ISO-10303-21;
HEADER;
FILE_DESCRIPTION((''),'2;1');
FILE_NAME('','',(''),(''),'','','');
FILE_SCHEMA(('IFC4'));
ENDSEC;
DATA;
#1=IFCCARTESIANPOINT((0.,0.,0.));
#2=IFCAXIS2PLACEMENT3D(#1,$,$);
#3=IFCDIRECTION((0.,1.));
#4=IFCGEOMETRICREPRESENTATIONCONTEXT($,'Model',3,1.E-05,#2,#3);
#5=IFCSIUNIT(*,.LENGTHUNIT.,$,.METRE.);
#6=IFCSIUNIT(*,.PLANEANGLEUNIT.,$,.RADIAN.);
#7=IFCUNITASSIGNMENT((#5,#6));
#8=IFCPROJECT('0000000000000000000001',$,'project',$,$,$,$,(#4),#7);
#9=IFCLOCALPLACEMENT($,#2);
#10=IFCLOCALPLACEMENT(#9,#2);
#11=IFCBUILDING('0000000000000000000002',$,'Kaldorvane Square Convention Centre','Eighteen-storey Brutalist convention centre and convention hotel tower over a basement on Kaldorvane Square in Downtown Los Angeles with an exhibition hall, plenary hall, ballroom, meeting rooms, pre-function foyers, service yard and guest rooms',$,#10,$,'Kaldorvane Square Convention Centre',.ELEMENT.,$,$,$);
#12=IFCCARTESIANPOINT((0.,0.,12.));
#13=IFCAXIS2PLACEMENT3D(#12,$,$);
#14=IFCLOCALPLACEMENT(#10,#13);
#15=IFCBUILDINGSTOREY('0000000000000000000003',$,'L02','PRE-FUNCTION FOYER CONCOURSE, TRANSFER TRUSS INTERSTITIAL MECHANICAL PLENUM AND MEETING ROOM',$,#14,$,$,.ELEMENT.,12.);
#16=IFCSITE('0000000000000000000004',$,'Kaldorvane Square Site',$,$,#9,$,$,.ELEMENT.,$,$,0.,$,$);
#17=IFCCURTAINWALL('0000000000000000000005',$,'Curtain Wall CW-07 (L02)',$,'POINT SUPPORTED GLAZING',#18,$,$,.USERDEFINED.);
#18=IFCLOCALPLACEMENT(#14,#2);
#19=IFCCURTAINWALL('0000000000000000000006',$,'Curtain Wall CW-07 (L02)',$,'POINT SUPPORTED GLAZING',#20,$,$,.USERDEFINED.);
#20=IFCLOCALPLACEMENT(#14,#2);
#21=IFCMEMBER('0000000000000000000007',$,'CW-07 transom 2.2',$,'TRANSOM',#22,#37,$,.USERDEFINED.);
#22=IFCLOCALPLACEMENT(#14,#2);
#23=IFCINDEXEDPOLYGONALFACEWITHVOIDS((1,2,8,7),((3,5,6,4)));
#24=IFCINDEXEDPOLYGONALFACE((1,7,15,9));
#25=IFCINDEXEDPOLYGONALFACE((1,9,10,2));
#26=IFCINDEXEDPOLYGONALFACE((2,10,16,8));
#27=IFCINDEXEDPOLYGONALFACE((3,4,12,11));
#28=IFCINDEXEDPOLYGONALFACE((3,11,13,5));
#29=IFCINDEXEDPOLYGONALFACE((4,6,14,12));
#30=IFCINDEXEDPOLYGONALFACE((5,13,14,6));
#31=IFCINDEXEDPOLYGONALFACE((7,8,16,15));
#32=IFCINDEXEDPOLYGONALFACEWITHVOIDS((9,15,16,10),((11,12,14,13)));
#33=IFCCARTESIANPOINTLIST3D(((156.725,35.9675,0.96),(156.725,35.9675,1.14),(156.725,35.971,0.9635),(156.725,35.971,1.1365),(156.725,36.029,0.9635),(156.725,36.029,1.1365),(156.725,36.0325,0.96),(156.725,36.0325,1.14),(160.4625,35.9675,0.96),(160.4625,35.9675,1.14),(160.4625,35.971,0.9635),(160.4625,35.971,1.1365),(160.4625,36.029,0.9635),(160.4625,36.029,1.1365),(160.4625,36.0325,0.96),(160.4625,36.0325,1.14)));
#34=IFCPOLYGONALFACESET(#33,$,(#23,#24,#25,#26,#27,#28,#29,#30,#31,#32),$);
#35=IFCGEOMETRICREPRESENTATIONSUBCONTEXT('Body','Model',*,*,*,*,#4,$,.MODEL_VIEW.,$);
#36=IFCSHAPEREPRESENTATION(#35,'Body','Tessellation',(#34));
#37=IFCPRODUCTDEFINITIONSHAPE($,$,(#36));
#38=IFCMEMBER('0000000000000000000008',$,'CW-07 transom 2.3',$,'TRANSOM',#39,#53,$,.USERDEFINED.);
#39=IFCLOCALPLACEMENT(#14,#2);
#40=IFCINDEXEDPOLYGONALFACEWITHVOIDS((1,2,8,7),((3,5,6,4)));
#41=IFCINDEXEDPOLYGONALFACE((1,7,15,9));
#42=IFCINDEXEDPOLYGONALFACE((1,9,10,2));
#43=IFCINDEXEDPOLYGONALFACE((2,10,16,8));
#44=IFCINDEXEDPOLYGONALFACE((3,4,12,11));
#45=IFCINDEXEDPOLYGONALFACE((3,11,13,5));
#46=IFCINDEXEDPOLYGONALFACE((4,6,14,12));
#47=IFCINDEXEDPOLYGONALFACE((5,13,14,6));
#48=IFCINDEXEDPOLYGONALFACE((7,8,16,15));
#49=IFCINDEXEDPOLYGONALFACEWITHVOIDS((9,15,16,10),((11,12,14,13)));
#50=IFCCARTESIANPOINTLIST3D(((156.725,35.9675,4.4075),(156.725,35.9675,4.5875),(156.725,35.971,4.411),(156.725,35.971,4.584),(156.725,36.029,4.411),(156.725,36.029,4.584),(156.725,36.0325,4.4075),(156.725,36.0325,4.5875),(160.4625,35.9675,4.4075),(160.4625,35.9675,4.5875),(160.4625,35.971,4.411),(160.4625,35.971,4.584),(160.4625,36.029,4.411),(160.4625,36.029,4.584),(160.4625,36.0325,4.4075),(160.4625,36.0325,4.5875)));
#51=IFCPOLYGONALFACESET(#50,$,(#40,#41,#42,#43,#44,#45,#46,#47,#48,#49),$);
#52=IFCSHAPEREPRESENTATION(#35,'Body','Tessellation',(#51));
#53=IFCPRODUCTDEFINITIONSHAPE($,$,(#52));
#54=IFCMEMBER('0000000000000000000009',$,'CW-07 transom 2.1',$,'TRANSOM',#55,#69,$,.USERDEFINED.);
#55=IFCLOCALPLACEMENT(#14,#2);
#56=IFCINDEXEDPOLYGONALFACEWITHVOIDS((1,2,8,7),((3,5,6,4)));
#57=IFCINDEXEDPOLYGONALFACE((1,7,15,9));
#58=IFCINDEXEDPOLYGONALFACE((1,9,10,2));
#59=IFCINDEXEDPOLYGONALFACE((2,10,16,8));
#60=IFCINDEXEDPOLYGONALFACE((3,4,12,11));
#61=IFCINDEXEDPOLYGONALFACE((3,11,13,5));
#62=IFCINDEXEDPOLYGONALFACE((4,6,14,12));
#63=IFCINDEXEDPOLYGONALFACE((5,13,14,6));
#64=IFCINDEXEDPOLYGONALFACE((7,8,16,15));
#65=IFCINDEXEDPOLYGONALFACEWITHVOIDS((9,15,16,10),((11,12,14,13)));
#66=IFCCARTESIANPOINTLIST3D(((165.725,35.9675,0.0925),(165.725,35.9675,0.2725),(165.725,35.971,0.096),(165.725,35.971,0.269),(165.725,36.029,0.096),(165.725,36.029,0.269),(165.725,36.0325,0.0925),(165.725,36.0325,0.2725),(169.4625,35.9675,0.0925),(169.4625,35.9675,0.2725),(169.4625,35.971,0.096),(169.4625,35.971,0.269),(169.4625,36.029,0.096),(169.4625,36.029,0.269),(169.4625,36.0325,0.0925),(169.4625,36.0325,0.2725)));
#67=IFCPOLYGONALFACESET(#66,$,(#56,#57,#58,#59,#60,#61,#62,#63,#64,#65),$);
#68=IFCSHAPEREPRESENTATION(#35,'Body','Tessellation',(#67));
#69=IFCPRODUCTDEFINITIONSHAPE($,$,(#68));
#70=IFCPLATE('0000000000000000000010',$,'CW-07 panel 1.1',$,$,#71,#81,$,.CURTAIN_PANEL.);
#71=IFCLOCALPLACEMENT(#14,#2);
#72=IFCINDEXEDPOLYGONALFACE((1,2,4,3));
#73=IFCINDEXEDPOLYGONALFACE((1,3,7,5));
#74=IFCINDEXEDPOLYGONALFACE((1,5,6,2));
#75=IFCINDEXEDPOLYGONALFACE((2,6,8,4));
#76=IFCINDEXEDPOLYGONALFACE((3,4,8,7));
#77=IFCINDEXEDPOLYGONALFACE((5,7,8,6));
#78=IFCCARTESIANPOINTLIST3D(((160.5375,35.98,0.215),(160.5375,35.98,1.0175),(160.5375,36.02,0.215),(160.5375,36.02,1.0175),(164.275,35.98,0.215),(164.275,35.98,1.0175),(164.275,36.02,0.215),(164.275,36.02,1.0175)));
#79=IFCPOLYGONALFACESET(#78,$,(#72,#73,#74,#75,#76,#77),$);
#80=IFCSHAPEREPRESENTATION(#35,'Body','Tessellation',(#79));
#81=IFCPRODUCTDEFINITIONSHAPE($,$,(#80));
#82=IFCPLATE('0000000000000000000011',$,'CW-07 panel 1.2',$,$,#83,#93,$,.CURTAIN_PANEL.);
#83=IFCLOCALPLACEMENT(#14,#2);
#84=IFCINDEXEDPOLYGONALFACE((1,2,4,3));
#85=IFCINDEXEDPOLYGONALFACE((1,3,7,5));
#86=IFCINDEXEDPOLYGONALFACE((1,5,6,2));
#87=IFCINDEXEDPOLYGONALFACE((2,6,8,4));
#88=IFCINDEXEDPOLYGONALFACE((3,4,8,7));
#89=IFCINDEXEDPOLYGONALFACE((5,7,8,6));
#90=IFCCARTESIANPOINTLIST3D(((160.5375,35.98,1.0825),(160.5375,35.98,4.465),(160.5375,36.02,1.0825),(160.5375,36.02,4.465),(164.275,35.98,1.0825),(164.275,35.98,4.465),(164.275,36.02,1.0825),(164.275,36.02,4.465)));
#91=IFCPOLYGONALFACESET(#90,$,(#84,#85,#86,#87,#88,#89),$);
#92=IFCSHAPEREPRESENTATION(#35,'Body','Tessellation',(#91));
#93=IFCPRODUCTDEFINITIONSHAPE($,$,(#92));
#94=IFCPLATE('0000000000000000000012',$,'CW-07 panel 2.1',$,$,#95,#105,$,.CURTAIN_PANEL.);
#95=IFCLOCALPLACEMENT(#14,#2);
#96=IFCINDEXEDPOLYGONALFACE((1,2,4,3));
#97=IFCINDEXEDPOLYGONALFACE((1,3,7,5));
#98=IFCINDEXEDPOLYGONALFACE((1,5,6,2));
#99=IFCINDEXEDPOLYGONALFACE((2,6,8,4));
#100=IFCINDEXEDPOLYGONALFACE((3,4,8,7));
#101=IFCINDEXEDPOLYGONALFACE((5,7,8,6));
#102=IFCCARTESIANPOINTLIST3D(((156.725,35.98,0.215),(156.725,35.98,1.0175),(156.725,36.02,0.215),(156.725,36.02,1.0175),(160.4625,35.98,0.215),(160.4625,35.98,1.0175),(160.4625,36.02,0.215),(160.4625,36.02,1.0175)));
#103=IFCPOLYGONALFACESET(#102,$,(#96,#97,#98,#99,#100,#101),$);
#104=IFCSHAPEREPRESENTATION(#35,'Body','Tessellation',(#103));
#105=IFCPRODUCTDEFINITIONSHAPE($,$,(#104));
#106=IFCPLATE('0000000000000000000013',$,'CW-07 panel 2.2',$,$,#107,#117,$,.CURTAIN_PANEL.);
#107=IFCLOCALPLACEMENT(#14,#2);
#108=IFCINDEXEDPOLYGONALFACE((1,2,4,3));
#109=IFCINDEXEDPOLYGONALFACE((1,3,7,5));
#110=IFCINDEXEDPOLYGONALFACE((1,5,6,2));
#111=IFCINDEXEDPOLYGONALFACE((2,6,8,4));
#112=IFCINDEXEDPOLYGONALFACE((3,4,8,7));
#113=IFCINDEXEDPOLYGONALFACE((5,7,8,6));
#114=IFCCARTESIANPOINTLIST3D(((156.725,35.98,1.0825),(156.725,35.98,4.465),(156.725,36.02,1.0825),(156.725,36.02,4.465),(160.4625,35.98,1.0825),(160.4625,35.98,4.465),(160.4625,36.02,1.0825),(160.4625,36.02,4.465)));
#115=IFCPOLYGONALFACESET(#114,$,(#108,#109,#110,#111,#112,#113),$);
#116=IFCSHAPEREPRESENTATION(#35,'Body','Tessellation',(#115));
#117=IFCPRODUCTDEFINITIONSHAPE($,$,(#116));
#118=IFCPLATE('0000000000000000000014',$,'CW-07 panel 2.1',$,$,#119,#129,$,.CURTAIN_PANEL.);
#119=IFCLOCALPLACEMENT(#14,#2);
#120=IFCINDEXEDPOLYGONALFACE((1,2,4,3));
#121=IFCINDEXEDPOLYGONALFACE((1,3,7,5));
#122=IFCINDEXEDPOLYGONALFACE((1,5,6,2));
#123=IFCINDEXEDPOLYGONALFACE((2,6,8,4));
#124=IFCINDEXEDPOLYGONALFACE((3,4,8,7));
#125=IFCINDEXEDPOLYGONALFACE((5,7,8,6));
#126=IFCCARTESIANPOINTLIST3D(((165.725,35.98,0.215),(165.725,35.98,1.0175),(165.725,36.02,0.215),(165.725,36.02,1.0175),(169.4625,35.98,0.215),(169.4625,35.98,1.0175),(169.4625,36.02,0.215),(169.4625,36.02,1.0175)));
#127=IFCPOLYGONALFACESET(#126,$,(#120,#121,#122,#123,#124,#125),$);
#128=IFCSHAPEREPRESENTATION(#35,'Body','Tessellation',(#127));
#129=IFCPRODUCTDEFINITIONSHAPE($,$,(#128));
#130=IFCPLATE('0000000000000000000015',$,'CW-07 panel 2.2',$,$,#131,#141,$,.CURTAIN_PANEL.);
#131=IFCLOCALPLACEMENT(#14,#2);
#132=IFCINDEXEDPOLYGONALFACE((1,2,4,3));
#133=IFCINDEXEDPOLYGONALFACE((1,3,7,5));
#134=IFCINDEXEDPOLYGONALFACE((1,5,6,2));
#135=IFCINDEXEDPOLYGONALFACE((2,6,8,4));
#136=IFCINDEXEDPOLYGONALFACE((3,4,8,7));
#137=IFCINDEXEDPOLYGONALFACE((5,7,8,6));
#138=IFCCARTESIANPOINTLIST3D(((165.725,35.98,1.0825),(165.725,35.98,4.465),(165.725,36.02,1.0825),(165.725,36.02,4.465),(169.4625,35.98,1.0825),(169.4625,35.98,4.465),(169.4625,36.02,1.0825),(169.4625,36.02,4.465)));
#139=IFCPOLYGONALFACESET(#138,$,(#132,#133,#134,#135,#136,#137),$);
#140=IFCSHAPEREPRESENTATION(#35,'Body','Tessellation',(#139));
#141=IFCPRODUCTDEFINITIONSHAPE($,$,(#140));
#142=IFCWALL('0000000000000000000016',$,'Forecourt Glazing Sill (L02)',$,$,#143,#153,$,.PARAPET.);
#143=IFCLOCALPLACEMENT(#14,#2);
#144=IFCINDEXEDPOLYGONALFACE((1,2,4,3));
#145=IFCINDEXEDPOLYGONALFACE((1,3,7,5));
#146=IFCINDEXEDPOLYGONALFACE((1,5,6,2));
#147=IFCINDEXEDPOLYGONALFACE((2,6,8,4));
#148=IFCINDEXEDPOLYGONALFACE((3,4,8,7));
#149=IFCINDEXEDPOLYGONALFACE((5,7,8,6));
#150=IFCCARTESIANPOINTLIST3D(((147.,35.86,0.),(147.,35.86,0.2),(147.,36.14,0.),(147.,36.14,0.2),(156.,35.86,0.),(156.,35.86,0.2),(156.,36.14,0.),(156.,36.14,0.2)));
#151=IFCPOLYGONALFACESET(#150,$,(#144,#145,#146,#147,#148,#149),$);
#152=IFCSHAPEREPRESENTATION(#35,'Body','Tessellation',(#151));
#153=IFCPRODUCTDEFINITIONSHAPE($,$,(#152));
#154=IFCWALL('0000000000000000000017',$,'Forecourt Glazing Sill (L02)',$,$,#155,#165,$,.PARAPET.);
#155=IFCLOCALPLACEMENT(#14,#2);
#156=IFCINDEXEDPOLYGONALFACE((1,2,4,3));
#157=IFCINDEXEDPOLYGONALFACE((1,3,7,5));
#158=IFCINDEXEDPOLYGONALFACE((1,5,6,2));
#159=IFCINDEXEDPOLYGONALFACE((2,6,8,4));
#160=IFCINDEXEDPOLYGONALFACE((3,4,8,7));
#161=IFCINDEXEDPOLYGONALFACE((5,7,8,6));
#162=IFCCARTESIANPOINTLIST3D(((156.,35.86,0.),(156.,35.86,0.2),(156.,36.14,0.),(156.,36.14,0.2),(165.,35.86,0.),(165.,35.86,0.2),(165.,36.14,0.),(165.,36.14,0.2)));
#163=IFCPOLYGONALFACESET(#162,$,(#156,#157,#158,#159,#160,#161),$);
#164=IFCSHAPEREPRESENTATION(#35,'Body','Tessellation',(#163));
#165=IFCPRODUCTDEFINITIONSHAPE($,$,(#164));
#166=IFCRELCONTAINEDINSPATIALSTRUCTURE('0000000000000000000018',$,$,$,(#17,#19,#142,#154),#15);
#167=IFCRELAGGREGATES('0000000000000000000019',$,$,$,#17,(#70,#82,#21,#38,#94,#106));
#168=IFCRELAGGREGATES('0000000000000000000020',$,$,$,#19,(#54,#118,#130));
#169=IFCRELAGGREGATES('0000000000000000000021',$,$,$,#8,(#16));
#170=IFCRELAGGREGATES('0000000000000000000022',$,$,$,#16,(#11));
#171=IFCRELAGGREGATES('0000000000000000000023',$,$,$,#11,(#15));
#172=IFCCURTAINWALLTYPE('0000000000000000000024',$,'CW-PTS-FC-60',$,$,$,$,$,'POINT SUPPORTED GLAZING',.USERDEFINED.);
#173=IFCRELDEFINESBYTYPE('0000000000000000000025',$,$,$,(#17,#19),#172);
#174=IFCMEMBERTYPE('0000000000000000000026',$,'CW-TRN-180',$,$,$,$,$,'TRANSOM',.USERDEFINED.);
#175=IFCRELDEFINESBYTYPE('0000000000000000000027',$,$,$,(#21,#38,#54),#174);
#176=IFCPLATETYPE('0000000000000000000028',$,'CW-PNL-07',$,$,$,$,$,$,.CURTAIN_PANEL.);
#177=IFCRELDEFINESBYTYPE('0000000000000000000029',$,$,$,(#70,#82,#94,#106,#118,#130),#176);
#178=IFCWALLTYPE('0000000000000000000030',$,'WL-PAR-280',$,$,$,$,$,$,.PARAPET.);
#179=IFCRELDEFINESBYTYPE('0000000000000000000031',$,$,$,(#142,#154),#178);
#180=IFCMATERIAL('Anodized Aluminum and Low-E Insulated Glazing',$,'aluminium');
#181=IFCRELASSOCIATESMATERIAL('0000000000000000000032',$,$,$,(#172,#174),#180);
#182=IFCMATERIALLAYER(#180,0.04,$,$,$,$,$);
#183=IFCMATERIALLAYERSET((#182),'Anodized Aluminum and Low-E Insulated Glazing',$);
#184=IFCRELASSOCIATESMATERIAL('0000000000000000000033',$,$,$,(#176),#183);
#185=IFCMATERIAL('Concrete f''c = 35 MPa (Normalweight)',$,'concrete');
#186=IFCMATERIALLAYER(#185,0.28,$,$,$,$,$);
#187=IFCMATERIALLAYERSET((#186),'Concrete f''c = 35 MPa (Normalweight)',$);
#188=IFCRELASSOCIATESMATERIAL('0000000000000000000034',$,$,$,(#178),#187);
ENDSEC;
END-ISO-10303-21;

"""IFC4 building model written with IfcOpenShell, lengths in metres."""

from ifc_helpers import new_model, si_unit, direction, frame, frame_2d, origin, origin_2d, place, context, subcontext, project, spatial, rectangle, hollow_rectangle, extrude, material, layer, layer_set, material_profile, profile_set, type_object, element, aggregate, save


model = new_model("IFC4")

# Units and contexts
model_context = context("Model", 3, precision=1e-05, world=origin(), true_north=direction((0.0, 1.0)))
body_context = subcontext(model_context, "Body", "Model", "MODEL_VIEW")
ifc_project = project(units=[si_unit("LENGTHUNIT", "METRE"), si_unit("PLANEANGLEUNIT", "RADIAN")], contexts=[model_context])

# Site, building, storey
site_placement = place(None, origin())
site = spatial("IfcSite", under=ifc_project, at=site_placement, Name="Kaldorvane Square Site", CompositionType="ELEMENT", RefElevation=0.0)
building_placement = place(site_placement, origin())
building = spatial("IfcBuilding", under=site, at=building_placement, Name="Kaldorvane Square Convention Centre", Description="Eighteen-storey Brutalist convention centre and convention hotel tower over a basement on Kaldorvane Square in Downtown Los Angeles with an exhibition hall, plenary hall, ballroom, meeting rooms, pre-function foyers, service yard and guest rooms", LongName="Kaldorvane Square Convention Centre", CompositionType="ELEMENT")
storey_placement = place(building_placement, frame((0.0, 0.0, 12.0)))
storey = spatial("IfcBuildingStorey", under=building, at=storey_placement, Name="L02", Description="PRE-FUNCTION FOYER CONCOURSE, TRANSFER TRUSS INTERSTITIAL MECHANICAL PLENUM AND MEETING ROOM", CompositionType="ELEMENT", Elevation=12.0)

# Curtain wall
ifc_material_1 = material(Name="Anodized Aluminum and Low-E Insulated Glazing", Category="aluminium")
curtain_wall_type = type_object("IfcCurtainWallType", Name="CW-PTS-FC-60", ElementType="POINT SUPPORTED GLAZING", PredefinedType="USERDEFINED", material=ifc_material_1)
curtain_wall_1_placement = place(storey_placement, origin())
curtain_wall_1 = element("IfcCurtainWall", 1, at=curtain_wall_1_placement, inside=storey, type_object=curtain_wall_type, Name="Curtain Wall CW-07 (L02)", ObjectType="POINT SUPPORTED GLAZING", PredefinedType="USERDEFINED")

# Curtain wall
curtain_wall_2_placement = place(storey_placement, origin())
curtain_wall_2 = element("IfcCurtainWall", 2, at=curtain_wall_2_placement, inside=storey, type_object=curtain_wall_type, Name="Curtain Wall CW-07 (L02)", ObjectType="POINT SUPPORTED GLAZING", PredefinedType="USERDEFINED")

# Members
ifc_material_profile_1 = material_profile(ifc_material_1, hollow_rectangle(XDim=0.065, YDim=0.18, WallThickness=0.0035, at=origin_2d()), Name="CWT-180X65")
ifc_profile_set_1 = profile_set([ifc_material_profile_1], Name="Anodized Aluminum and Low-E Insulated Glazing")
member_type_1 = type_object("IfcMemberType", Name="CW-TRN-180", ElementType="TRANSOM", PredefinedType="USERDEFINED", material=ifc_profile_set_1)
member_1_placement = place(storey_placement, frame((160.4625, 36.0, 1.05), z_axis=(-1.0, 0.0, 0.0), x_axis=(0.0, -1.0, 0.0)))
member_1 = element("IfcMember", 3, at=member_1_placement, type_object=member_type_1, Name="CW-07 transom 2.2", ObjectType="TRANSOM", PredefinedType="USERDEFINED", context=body_context, shape_type="SweptSolid", body=[
    extrude(hollow_rectangle(XDim=0.065, YDim=0.18, WallThickness=0.0035, at=origin_2d()), origin(), (0.0, 0.0, 1.0), 3.7375),
])
member_2_placement = place(storey_placement, frame((160.4625, 36.0, 4.4975), z_axis=(-1.0, 0.0, 0.0), x_axis=(0.0, -1.0, 0.0)))
member_2 = element("IfcMember", 4, at=member_2_placement, type_object=member_type_1, Name="CW-07 transom 2.3", ObjectType="TRANSOM", PredefinedType="USERDEFINED", context=body_context, shape_type="SweptSolid", body=[
    extrude(hollow_rectangle(XDim=0.065, YDim=0.18, WallThickness=0.0035, at=origin_2d()), origin(), (0.0, 0.0, 1.0), 3.7375),
])
member_3_placement = place(storey_placement, frame((169.4625, 36.0, 0.1825), z_axis=(-1.0, 0.0, 0.0), x_axis=(0.0, -1.0, 0.0)))
member_3 = element("IfcMember", 5, at=member_3_placement, type_object=member_type_1, Name="CW-07 transom 2.1", ObjectType="TRANSOM", PredefinedType="USERDEFINED", context=body_context, shape_type="SweptSolid", body=[
    extrude(hollow_rectangle(XDim=0.065, YDim=0.18, WallThickness=0.0035, at=origin_2d()), origin(), (0.0, 0.0, 1.0), 3.7375),
])

# Plates
ifc_layer_1 = layer(ifc_material_1, 0.04)
ifc_layer_set_1 = layer_set([ifc_layer_1], Name="Anodized Aluminum and Low-E Insulated Glazing")
plate_type = type_object("IfcPlateType", Name="CW-PNL-07", PredefinedType="CURTAIN_PANEL", material=ifc_layer_set_1)
plate_1_placement = place(storey_placement, frame((162.4062, 36.0, 0.215), z_axis=(0.0, 0.0, 1.0), x_axis=(-1.0, 0.0, 0.0)))
plate_1 = element("IfcPlate", 6, at=plate_1_placement, type_object=plate_type, Name="CW-07 panel 1.1", PredefinedType="CURTAIN_PANEL", context=body_context, shape_type="SweptSolid", body=[
    extrude(rectangle(XDim=3.7375, YDim=0.04, at=origin_2d()), origin(), (0.0, 0.0, 1.0), 0.8025),
])
plate_2_placement = place(storey_placement, frame((162.4062, 36.0, 1.0825), z_axis=(0.0, 0.0, 1.0), x_axis=(-1.0, 0.0, 0.0)))
plate_2 = element("IfcPlate", 7, at=plate_2_placement, type_object=plate_type, Name="CW-07 panel 1.2", PredefinedType="CURTAIN_PANEL", context=body_context, shape_type="SweptSolid", body=[
    extrude(rectangle(XDim=3.7375, YDim=0.04, at=origin_2d()), origin(), (0.0, 0.0, 1.0), 3.3825),
])
plate_3_placement = place(storey_placement, frame((158.5938, 36.0, 0.215), z_axis=(0.0, 0.0, 1.0), x_axis=(-1.0, 0.0, 0.0)))
plate_3 = element("IfcPlate", 8, at=plate_3_placement, type_object=plate_type, Name="CW-07 panel 2.1", PredefinedType="CURTAIN_PANEL", context=body_context, shape_type="SweptSolid", body=[
    extrude(rectangle(XDim=3.7375, YDim=0.04, at=origin_2d()), origin(), (0.0, 0.0, 1.0), 0.8025),
])
plate_4_placement = place(storey_placement, frame((158.5938, 36.0, 1.0825), z_axis=(0.0, 0.0, 1.0), x_axis=(-1.0, 0.0, 0.0)))
plate_4 = element("IfcPlate", 9, at=plate_4_placement, type_object=plate_type, Name="CW-07 panel 2.2", PredefinedType="CURTAIN_PANEL", context=body_context, shape_type="SweptSolid", body=[
    extrude(rectangle(XDim=3.7375, YDim=0.04, at=origin_2d()), origin(), (0.0, 0.0, 1.0), 3.3825),
])
aggregate(curtain_wall_1, [plate_1, plate_2, member_1, member_2, plate_3, plate_4])
plate_5_placement = place(storey_placement, frame((167.5938, 36.0, 0.215), z_axis=(0.0, 0.0, 1.0), x_axis=(-1.0, 0.0, 0.0)))
plate_5 = element("IfcPlate", 10, at=plate_5_placement, type_object=plate_type, Name="CW-07 panel 2.1", PredefinedType="CURTAIN_PANEL", context=body_context, shape_type="SweptSolid", body=[
    extrude(rectangle(XDim=3.7375, YDim=0.04, at=origin_2d()), origin(), (0.0, 0.0, 1.0), 0.8025),
])
plate_6_placement = place(storey_placement, frame((167.5938, 36.0, 1.0825), z_axis=(0.0, 0.0, 1.0), x_axis=(-1.0, 0.0, 0.0)))
plate_6 = element("IfcPlate", 11, at=plate_6_placement, type_object=plate_type, Name="CW-07 panel 2.2", PredefinedType="CURTAIN_PANEL", context=body_context, shape_type="SweptSolid", body=[
    extrude(rectangle(XDim=3.7375, YDim=0.04, at=origin_2d()), origin(), (0.0, 0.0, 1.0), 3.3825),
])
aggregate(curtain_wall_2, [member_3, plate_5, plate_6])

# Walls
ifc_material_2 = material(Name="Concrete f'c = 35 MPa (Normalweight)", Category="concrete")
ifc_layer_2 = layer(ifc_material_2, 0.28)
ifc_layer_set_2 = layer_set([ifc_layer_2], Name="Concrete f'c = 35 MPa (Normalweight)")
wall_type = type_object("IfcWallType", Name="WL-PAR-280", PredefinedType="PARAPET", material=ifc_layer_set_2)
for number, where, z_axis, x_axis, name in (
    (12, (156.0, 36.0, 0.0), (0.0, 0.0, 1.0), (-1.0, 0.0, 0.0), "Forecourt Glazing Sill (L02)"),
    (13, (165.0, 36.0, 0.0), (0.0, 0.0, 1.0), (-1.0, 0.0, 0.0), "Forecourt Glazing Sill (L02)"),
):
    element("IfcWall", number, at=place(storey_placement, frame(where, z_axis=z_axis, x_axis=x_axis)), inside=storey, type_object=wall_type, Name=name, PredefinedType="PARAPET", context=body_context, shape_type="SweptSolid", body=[
        extrude(rectangle(XDim=9.0, YDim=0.28, at=frame_2d((4.5, 0.0))), origin(), (0.0, 0.0, 1.0), 0.2),
    ])

save(model, "model.ifc")
